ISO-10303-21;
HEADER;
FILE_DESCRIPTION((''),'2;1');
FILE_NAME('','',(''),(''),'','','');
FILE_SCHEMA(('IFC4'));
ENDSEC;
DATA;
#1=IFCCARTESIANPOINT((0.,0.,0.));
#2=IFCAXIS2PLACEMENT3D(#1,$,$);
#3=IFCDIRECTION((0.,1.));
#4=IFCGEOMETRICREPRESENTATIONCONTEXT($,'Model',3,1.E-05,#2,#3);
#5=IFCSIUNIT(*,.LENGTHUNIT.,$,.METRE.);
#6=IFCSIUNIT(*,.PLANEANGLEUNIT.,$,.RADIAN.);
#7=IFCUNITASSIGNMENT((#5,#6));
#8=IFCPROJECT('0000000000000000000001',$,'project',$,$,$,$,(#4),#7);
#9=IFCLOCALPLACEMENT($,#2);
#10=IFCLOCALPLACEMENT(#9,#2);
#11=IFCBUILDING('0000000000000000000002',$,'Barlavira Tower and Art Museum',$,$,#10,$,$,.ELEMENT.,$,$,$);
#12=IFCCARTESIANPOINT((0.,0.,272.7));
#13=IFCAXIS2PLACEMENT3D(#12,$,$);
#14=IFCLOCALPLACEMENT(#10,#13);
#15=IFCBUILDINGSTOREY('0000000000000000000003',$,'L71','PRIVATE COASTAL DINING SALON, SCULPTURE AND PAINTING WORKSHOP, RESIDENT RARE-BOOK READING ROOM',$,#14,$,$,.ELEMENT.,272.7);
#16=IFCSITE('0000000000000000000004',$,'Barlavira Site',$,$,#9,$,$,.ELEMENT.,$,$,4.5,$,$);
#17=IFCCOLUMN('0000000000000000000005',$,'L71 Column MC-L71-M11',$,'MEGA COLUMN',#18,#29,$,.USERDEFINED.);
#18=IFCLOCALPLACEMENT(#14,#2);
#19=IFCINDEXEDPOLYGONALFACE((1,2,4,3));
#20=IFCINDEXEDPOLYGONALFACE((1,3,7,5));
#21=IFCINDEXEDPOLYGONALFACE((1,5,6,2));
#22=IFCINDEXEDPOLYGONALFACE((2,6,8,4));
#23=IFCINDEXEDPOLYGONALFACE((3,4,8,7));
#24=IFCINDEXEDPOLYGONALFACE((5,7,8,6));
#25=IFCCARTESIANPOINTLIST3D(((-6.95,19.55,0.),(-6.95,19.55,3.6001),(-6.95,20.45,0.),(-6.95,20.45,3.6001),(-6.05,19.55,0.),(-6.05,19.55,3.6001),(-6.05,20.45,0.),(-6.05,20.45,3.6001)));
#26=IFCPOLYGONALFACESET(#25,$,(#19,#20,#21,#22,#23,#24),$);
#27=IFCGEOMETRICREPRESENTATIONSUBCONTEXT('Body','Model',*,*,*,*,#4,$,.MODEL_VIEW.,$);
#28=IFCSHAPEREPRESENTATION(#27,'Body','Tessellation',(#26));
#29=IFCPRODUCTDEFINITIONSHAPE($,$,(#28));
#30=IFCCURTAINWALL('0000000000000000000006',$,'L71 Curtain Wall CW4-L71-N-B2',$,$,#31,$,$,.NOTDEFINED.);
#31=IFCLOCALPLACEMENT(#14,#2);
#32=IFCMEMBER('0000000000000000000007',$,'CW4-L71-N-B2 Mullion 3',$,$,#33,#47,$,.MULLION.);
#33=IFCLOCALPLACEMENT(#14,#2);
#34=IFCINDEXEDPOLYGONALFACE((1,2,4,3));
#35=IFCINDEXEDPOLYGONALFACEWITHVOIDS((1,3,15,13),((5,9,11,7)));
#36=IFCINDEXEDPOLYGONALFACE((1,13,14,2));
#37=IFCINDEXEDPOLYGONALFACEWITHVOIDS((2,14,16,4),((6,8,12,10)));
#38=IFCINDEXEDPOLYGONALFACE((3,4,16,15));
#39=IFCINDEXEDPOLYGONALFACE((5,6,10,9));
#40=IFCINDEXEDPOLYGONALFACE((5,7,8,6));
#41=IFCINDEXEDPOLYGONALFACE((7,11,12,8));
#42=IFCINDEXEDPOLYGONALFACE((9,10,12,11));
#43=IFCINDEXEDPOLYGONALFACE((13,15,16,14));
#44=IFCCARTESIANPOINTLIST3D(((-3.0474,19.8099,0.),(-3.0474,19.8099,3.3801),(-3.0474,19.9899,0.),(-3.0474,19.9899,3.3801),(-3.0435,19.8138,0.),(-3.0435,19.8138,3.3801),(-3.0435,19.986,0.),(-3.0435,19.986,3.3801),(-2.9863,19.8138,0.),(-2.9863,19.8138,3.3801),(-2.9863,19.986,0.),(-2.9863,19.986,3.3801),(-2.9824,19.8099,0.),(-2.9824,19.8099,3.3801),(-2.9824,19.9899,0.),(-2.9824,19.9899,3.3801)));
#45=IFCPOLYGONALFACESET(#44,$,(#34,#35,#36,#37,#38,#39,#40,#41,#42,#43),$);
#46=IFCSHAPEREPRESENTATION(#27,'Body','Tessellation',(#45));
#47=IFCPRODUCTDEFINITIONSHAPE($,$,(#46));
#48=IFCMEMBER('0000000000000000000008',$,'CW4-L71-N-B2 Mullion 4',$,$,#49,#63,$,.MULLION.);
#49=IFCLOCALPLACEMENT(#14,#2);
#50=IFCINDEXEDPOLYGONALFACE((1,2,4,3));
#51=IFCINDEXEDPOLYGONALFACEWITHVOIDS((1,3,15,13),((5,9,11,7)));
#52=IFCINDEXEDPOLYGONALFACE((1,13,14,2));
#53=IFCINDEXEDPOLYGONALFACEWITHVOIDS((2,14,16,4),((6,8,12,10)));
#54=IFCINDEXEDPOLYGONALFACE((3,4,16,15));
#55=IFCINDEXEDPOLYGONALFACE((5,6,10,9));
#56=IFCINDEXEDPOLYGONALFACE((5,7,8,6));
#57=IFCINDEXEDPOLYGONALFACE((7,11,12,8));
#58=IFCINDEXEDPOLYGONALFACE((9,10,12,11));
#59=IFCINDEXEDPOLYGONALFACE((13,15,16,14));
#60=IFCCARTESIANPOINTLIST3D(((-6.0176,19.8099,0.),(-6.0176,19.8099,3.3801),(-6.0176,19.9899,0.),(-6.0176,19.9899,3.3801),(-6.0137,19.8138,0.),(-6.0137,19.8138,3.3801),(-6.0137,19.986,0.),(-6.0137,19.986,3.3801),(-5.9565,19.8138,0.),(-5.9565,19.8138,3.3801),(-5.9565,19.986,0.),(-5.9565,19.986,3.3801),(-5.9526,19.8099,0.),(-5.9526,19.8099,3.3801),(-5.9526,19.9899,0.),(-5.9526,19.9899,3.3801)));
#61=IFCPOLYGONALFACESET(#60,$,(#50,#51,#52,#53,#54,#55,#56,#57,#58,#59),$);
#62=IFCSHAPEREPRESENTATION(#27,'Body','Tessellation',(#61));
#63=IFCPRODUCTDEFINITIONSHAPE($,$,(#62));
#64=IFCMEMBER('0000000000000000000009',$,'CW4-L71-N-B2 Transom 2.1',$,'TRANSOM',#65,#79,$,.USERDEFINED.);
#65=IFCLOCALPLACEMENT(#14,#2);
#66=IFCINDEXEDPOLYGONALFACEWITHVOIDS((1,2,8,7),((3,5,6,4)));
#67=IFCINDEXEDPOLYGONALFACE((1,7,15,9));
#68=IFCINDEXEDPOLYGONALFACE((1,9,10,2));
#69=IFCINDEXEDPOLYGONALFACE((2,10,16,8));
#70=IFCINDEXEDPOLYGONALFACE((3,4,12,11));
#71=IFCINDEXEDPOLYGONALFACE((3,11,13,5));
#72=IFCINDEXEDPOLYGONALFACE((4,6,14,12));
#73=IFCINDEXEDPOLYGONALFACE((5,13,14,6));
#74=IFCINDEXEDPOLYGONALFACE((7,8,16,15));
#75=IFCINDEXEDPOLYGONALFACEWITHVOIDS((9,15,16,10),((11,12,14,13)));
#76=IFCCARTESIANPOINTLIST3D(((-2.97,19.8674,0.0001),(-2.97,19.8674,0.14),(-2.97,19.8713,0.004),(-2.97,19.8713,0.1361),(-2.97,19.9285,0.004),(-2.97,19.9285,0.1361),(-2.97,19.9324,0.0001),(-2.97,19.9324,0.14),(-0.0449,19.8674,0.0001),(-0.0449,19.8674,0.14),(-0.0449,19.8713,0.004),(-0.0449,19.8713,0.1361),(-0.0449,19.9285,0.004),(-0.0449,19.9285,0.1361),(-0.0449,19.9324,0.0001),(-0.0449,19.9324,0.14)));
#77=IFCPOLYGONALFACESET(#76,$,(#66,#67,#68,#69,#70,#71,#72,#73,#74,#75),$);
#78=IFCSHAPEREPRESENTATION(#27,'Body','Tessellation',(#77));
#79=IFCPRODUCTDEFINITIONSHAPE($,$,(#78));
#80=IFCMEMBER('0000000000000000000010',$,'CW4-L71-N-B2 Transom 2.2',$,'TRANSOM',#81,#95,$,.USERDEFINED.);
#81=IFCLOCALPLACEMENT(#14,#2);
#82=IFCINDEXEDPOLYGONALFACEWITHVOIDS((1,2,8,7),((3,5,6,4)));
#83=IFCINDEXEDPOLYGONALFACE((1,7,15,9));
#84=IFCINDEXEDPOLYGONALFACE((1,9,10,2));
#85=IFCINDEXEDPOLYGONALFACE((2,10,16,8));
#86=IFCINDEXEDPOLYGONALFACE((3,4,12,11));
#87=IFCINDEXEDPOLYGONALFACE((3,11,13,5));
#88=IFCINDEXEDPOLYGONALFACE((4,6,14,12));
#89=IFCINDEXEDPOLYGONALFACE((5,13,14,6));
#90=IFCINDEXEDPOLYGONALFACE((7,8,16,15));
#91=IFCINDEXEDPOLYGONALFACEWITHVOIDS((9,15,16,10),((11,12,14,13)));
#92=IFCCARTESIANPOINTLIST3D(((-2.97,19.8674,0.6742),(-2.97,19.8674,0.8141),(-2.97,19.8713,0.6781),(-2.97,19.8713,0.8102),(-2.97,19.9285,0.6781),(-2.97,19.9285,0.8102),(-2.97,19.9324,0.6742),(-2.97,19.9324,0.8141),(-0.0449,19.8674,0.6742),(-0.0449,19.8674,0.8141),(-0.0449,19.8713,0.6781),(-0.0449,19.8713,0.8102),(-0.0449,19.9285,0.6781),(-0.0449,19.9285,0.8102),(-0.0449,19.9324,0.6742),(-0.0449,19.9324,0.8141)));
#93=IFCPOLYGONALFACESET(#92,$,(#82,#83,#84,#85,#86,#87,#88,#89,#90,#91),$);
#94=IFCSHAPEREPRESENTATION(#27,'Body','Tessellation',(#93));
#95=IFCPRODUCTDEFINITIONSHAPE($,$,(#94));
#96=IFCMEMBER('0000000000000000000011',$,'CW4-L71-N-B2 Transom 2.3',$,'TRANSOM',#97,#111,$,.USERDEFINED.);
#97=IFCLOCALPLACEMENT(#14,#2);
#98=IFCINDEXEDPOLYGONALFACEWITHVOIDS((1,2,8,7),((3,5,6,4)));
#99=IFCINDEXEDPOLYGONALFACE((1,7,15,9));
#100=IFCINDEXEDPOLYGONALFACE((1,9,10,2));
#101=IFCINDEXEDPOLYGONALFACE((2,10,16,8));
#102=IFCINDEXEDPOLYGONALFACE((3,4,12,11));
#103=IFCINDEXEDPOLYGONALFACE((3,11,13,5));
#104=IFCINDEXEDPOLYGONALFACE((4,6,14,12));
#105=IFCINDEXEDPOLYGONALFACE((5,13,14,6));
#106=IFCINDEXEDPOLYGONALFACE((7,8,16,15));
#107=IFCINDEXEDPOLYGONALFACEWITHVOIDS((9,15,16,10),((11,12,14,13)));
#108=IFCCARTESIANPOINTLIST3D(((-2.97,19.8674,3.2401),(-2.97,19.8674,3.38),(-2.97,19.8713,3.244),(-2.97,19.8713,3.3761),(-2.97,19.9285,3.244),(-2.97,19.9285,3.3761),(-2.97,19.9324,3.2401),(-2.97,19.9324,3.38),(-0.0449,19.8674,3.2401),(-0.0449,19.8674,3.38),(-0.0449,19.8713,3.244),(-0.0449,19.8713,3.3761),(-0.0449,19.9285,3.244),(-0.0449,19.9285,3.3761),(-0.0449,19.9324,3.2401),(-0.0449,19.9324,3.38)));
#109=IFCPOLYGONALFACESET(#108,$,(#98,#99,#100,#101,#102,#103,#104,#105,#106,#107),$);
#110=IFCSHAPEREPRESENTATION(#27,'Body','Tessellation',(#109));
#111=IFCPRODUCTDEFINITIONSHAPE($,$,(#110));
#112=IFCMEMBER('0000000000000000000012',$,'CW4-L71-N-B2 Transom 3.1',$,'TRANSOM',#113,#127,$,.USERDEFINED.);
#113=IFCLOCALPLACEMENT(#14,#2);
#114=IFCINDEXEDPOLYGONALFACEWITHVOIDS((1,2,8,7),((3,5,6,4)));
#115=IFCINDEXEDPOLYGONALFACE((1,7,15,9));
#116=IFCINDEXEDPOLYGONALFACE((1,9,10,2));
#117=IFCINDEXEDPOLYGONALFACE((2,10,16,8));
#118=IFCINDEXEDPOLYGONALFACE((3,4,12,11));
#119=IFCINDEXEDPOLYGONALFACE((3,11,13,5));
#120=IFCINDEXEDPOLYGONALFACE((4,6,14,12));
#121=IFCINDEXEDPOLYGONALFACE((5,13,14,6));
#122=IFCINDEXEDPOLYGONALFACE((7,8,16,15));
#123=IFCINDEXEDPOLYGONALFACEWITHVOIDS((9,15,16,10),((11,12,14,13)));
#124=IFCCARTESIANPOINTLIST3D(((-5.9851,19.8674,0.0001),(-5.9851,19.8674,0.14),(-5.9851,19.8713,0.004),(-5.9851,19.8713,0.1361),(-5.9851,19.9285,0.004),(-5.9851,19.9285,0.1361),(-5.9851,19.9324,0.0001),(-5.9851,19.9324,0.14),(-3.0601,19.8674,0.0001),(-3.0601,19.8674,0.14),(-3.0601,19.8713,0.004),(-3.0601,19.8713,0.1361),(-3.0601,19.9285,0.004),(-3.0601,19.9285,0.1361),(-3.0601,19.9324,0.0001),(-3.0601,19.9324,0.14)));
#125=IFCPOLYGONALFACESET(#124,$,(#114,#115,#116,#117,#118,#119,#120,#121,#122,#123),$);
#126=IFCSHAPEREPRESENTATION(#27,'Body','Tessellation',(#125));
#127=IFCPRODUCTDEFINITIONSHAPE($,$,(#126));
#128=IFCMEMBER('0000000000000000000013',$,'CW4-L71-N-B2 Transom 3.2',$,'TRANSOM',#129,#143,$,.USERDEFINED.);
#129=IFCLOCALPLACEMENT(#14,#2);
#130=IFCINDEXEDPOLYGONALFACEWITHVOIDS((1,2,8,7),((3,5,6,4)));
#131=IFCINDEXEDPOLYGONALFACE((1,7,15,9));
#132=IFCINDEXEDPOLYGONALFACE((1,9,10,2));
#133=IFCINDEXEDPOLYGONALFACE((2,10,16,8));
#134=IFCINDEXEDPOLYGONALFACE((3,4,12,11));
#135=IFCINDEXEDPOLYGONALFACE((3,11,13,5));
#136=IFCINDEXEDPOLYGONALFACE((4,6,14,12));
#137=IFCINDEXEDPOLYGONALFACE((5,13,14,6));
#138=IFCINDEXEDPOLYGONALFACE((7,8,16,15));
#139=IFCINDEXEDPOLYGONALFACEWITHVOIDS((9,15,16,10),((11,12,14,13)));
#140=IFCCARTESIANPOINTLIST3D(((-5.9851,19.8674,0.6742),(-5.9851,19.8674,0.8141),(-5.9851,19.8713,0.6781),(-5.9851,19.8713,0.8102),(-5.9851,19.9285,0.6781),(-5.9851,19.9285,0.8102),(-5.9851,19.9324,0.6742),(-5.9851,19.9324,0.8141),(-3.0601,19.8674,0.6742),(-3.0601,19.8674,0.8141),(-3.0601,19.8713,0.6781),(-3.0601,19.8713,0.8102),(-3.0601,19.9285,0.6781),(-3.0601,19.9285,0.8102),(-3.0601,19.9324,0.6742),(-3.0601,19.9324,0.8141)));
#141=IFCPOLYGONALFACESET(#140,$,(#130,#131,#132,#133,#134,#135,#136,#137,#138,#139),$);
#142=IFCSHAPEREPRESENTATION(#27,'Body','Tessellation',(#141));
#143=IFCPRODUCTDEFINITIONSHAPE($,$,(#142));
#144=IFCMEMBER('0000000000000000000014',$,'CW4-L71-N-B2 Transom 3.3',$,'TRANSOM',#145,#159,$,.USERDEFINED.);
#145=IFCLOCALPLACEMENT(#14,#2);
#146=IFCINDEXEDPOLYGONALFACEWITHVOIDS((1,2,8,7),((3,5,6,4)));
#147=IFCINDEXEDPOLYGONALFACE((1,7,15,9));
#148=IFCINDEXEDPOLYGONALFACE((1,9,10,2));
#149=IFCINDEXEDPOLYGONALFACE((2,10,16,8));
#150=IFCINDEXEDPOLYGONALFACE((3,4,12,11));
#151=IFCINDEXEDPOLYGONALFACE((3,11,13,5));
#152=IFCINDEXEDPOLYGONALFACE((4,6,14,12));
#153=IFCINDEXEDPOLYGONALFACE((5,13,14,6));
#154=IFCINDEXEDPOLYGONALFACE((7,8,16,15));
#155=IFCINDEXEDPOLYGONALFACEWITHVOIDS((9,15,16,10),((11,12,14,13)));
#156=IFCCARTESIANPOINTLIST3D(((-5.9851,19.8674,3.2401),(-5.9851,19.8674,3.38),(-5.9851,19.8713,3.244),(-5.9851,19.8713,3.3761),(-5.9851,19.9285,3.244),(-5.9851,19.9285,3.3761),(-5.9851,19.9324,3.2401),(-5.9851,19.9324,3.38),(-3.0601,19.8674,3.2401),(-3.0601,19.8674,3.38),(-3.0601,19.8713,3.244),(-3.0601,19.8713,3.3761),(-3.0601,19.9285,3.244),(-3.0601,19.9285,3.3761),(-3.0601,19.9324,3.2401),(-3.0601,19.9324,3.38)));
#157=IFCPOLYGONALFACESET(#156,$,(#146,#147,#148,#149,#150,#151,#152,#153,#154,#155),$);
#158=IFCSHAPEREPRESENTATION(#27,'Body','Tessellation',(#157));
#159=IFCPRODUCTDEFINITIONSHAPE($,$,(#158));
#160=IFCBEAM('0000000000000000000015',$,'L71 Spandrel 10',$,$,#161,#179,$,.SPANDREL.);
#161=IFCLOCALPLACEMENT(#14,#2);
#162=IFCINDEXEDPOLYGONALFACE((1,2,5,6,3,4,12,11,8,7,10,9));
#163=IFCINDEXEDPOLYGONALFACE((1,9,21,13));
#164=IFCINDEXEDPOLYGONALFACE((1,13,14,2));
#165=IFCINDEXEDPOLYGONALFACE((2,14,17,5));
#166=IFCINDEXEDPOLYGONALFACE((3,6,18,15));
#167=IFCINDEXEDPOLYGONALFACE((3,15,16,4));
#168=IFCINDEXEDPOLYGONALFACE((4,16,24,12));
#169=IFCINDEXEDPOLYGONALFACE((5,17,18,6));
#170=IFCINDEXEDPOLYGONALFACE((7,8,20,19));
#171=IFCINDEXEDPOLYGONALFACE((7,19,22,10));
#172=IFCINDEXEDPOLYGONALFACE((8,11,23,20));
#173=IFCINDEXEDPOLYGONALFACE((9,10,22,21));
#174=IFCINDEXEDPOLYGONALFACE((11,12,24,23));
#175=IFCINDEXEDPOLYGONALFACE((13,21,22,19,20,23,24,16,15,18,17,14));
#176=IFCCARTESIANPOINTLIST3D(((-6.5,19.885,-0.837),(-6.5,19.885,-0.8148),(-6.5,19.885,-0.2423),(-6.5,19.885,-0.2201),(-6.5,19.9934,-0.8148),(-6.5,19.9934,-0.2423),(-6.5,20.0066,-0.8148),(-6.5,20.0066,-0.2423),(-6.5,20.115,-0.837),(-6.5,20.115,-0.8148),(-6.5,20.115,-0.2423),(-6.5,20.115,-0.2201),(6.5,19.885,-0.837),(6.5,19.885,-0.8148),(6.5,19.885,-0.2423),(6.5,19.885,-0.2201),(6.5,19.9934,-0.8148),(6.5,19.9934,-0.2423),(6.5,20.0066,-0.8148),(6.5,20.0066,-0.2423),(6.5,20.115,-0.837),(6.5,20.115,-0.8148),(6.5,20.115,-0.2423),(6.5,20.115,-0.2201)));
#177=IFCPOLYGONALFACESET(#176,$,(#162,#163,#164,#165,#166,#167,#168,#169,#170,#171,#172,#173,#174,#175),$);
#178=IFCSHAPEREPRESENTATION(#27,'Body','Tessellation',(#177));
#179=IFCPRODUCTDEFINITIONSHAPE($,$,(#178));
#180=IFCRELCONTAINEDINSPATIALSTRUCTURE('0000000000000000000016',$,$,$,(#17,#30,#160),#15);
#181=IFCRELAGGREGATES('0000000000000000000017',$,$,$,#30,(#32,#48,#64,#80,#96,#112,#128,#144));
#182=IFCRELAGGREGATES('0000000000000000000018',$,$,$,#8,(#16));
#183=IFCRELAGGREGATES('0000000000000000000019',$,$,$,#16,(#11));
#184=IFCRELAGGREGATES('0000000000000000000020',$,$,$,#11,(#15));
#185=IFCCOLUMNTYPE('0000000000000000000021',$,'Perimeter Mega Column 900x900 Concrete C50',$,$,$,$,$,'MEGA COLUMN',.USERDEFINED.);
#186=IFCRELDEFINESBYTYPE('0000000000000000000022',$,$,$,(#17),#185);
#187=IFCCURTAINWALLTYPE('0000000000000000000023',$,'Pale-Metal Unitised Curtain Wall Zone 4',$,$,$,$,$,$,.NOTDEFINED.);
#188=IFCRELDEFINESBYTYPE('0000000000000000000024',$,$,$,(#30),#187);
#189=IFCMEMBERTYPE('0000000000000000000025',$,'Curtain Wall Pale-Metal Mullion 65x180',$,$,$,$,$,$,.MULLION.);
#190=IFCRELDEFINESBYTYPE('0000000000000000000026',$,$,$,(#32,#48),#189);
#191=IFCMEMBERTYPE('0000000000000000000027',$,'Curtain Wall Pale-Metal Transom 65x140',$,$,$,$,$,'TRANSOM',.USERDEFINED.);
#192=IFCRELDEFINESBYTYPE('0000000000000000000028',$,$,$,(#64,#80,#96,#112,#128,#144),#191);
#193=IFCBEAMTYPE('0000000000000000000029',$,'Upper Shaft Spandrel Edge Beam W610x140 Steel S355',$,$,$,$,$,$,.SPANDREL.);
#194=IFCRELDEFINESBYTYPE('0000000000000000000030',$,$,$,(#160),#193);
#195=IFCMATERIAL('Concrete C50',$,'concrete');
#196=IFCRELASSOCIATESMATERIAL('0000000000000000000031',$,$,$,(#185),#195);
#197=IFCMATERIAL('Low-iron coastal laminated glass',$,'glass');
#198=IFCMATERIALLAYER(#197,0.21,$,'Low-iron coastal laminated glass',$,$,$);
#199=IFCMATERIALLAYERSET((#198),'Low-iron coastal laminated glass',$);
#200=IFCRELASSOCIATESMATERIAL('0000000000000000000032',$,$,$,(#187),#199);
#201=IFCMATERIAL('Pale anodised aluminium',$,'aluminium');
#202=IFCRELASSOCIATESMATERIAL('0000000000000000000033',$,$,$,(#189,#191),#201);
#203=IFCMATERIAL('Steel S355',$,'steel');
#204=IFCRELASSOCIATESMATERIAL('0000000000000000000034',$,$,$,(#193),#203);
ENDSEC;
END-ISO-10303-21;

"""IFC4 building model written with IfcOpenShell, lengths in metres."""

from ifc_helpers import new_model, si_unit, direction, frame, origin, origin_2d, place, context, subcontext, project, spatial, rectangle, hollow_rectangle, i_section, extrude, material, layer, layer_set, material_profile, profile_set, type_object, element, aggregate, save


model = new_model("IFC4")

# Units and contexts
model_context = context("Model", 3, precision=1e-05, world=origin(), true_north=direction((0.0, 1.0)))
body_context = subcontext(model_context, "Body", "Model", "MODEL_VIEW")
ifc_project = project(units=[si_unit("LENGTHUNIT", "METRE"), si_unit("PLANEANGLEUNIT", "RADIAN")], contexts=[model_context])

# Site, building, storey
site_placement = place(None, origin())
site = spatial("IfcSite", under=ifc_project, at=site_placement, Name="Barlavira Site", CompositionType="ELEMENT", RefElevation=4.5)
building_placement = place(site_placement, origin())
building = spatial("IfcBuilding", under=site, at=building_placement, Name="Barlavira Tower and Art Museum", CompositionType="ELEMENT")
storey_placement = place(building_placement, frame((0.0, 0.0, 272.7)))
storey = spatial("IfcBuildingStorey", under=building, at=storey_placement, Name="L71", Description="PRIVATE COASTAL DINING SALON, SCULPTURE AND PAINTING WORKSHOP, RESIDENT RARE-BOOK READING ROOM", CompositionType="ELEMENT", Elevation=272.7)

# Column
ifc_material_1 = material(Name="Concrete C50", Category="concrete")
ifc_material_profile_1 = material_profile(ifc_material_1, rectangle(XDim=0.8999, YDim=0.8999, at=origin_2d()), Name="RC-COL 900x900")
ifc_profile_set_1 = profile_set([ifc_material_profile_1], Name="Concrete C50")
column_type = type_object("IfcColumnType", Name="Perimeter Mega Column 900x900 Concrete C50", ElementType="MEGA COLUMN", PredefinedType="USERDEFINED", material=ifc_profile_set_1)
column_placement = place(storey_placement, frame((-6.5, 20.0, 0.0), z_axis=(0.0, 0.0, 1.0), x_axis=(1.0, 0.0, 0.0)))
element("IfcColumn", 1, at=column_placement, inside=storey, type_object=column_type, Name="L71 Column MC-L71-M11", ObjectType="MEGA COLUMN", PredefinedType="USERDEFINED", context=body_context, shape_type="SweptSolid", body=[
    extrude(rectangle(XDim=0.8999, YDim=0.8999, at=origin_2d()), origin(), (0.0, 0.0, 1.0), 3.6001),
])

# Curtain wall, members
ifc_material_2 = material(Name="Low-iron coastal laminated glass", Category="glass")
ifc_layer_1 = layer(ifc_material_2, 0.21, Name="Low-iron coastal laminated glass")
ifc_layer_set_1 = layer_set([ifc_layer_1], Name="Low-iron coastal laminated glass")
curtain_wall_type = type_object("IfcCurtainWallType", Name="Pale-Metal Unitised Curtain Wall Zone 4", PredefinedType="NOTDEFINED", material=ifc_layer_set_1)
curtain_wall_placement = place(storey_placement, origin())
curtain_wall = element("IfcCurtainWall", 2, at=curtain_wall_placement, inside=storey, type_object=curtain_wall_type, Name="L71 Curtain Wall CW4-L71-N-B2", PredefinedType="NOTDEFINED")
ifc_material_3 = material(Name="Pale anodised aluminium", Category="aluminium")
ifc_material_profile_2 = material_profile(ifc_material_3, hollow_rectangle(XDim=0.0649, YDim=0.1799, WallThickness=0.0039, at=origin_2d()), Name="ALU-MULL 65x180x4")
ifc_profile_set_2 = profile_set([ifc_material_profile_2], Name="Pale anodised aluminium")
member_type_1 = type_object("IfcMemberType", Name="Curtain Wall Pale-Metal Mullion 65x180", PredefinedType="MULLION", material=ifc_profile_set_2)
member_1_placement = place(storey_placement, frame((-3.0149, 19.8999, 0.0), z_axis=(0.0, 0.0, 1.0), x_axis=(-1.0, 0.0, 0.0)))
member_1 = element("IfcMember", 3, at=member_1_placement, type_object=member_type_1, Name="CW4-L71-N-B2 Mullion 3", PredefinedType="MULLION", context=body_context, shape_type="SweptSolid", body=[
    extrude(hollow_rectangle(XDim=0.0649, YDim=0.1799, WallThickness=0.0039, at=origin_2d()), origin(), (0.0, 0.0, 1.0), 3.3801),
])
member_2_placement = place(storey_placement, frame((-5.9851, 19.8999, 0.0), z_axis=(0.0, 0.0, 1.0), x_axis=(-1.0, 0.0, 0.0)))
member_2 = element("IfcMember", 4, at=member_2_placement, type_object=member_type_1, Name="CW4-L71-N-B2 Mullion 4", PredefinedType="MULLION", context=body_context, shape_type="SweptSolid", body=[
    extrude(hollow_rectangle(XDim=0.0649, YDim=0.1799, WallThickness=0.0039, at=origin_2d()), origin(), (0.0, 0.0, 1.0), 3.3801),
])
ifc_material_profile_3 = material_profile(ifc_material_3, hollow_rectangle(XDim=0.0649, YDim=0.1399, WallThickness=0.0039, at=origin_2d()), Name="ALU-TRAN 65x140x4")
ifc_profile_set_3 = profile_set([ifc_material_profile_3], Name="Pale anodised aluminium")
member_type_2 = type_object("IfcMemberType", Name="Curtain Wall Pale-Metal Transom 65x140", ElementType="TRANSOM", PredefinedType="USERDEFINED", material=ifc_profile_set_3)
member_3_placement = place(storey_placement, frame((-0.0449, 19.8999, 0.0701), z_axis=(-1.0, 0.0, 0.0), x_axis=(0.0, -1.0, 0.0)))
member_3 = element("IfcMember", 5, at=member_3_placement, type_object=member_type_2, Name="CW4-L71-N-B2 Transom 2.1", ObjectType="TRANSOM", PredefinedType="USERDEFINED", context=body_context, shape_type="SweptSolid", body=[
    extrude(hollow_rectangle(XDim=0.0649, YDim=0.1399, WallThickness=0.0039, at=origin_2d()), origin(), (0.0, 0.0, 1.0), 2.925),
])
member_4_placement = place(storey_placement, frame((-0.0449, 19.8999, 0.7441), z_axis=(-1.0, 0.0, 0.0), x_axis=(0.0, -1.0, 0.0)))
member_4 = element("IfcMember", 6, at=member_4_placement, type_object=member_type_2, Name="CW4-L71-N-B2 Transom 2.2", ObjectType="TRANSOM", PredefinedType="USERDEFINED", context=body_context, shape_type="SweptSolid", body=[
    extrude(hollow_rectangle(XDim=0.0649, YDim=0.1399, WallThickness=0.0039, at=origin_2d()), origin(), (0.0, 0.0, 1.0), 2.925),
])
member_5_placement = place(storey_placement, frame((-0.0449, 19.8999, 3.3101), z_axis=(-1.0, 0.0, 0.0), x_axis=(0.0, -1.0, 0.0)))
member_5 = element("IfcMember", 7, at=member_5_placement, type_object=member_type_2, Name="CW4-L71-N-B2 Transom 2.3", ObjectType="TRANSOM", PredefinedType="USERDEFINED", context=body_context, shape_type="SweptSolid", body=[
    extrude(hollow_rectangle(XDim=0.0649, YDim=0.1399, WallThickness=0.0039, at=origin_2d()), origin(), (0.0, 0.0, 1.0), 2.925),
])
member_6_placement = place(storey_placement, frame((-3.0601, 19.8999, 0.0701), z_axis=(-1.0, 0.0, 0.0), x_axis=(0.0, -1.0, 0.0)))
member_6 = element("IfcMember", 8, at=member_6_placement, type_object=member_type_2, Name="CW4-L71-N-B2 Transom 3.1", ObjectType="TRANSOM", PredefinedType="USERDEFINED", context=body_context, shape_type="SweptSolid", body=[
    extrude(hollow_rectangle(XDim=0.0649, YDim=0.1399, WallThickness=0.0039, at=origin_2d()), origin(), (0.0, 0.0, 1.0), 2.925),
])
member_7_placement = place(storey_placement, frame((-3.0601, 19.8999, 0.7441), z_axis=(-1.0, 0.0, 0.0), x_axis=(0.0, -1.0, 0.0)))
member_7 = element("IfcMember", 9, at=member_7_placement, type_object=member_type_2, Name="CW4-L71-N-B2 Transom 3.2", ObjectType="TRANSOM", PredefinedType="USERDEFINED", context=body_context, shape_type="SweptSolid", body=[
    extrude(hollow_rectangle(XDim=0.0649, YDim=0.1399, WallThickness=0.0039, at=origin_2d()), origin(), (0.0, 0.0, 1.0), 2.925),
])
member_8_placement = place(storey_placement, frame((-3.0601, 19.8999, 3.3101), z_axis=(-1.0, 0.0, 0.0), x_axis=(0.0, -1.0, 0.0)))
member_8 = element("IfcMember", 10, at=member_8_placement, type_object=member_type_2, Name="CW4-L71-N-B2 Transom 3.3", ObjectType="TRANSOM", PredefinedType="USERDEFINED", context=body_context, shape_type="SweptSolid", body=[
    extrude(hollow_rectangle(XDim=0.0649, YDim=0.1399, WallThickness=0.0039, at=origin_2d()), origin(), (0.0, 0.0, 1.0), 2.925),
])

# Beam
ifc_material_4 = material(Name="Steel S355", Category="steel")
ifc_material_profile_4 = material_profile(ifc_material_4, i_section(OverallWidth=0.23, OverallDepth=0.6169, WebThickness=0.0132, FlangeThickness=0.0222, at=origin_2d()), Name="W610x140.0")
ifc_profile_set_4 = profile_set([ifc_material_profile_4], Name="Steel S355")
beam_type_1 = type_object("IfcBeamType", Name="Upper Shaft Spandrel Edge Beam W610x140 Steel S355", PredefinedType="SPANDREL", material=ifc_profile_set_4)
beam_1_placement = place(storey_placement, frame((-6.5, 20.0, -0.5286), z_axis=(1.0, 0.0, 0.0), x_axis=(0.0, 1.0, 0.0)))
element("IfcBeam", 11, at=beam_1_placement, inside=storey, type_object=beam_type_1, Name="L71 Spandrel 10", PredefinedType="SPANDREL", context=body_context, shape_type="SweptSolid", body=[
    extrude(i_section(OverallWidth=0.23, OverallDepth=0.6169, WebThickness=0.0132, FlangeThickness=0.0222, at=origin_2d()), origin(), (0.0, 0.0, 1.0), 13.0),
])

aggregate(curtain_wall, [member_1, member_2, member_3, member_4, member_5, member_6, member_7, member_8])

save(model, "model.ifc")
